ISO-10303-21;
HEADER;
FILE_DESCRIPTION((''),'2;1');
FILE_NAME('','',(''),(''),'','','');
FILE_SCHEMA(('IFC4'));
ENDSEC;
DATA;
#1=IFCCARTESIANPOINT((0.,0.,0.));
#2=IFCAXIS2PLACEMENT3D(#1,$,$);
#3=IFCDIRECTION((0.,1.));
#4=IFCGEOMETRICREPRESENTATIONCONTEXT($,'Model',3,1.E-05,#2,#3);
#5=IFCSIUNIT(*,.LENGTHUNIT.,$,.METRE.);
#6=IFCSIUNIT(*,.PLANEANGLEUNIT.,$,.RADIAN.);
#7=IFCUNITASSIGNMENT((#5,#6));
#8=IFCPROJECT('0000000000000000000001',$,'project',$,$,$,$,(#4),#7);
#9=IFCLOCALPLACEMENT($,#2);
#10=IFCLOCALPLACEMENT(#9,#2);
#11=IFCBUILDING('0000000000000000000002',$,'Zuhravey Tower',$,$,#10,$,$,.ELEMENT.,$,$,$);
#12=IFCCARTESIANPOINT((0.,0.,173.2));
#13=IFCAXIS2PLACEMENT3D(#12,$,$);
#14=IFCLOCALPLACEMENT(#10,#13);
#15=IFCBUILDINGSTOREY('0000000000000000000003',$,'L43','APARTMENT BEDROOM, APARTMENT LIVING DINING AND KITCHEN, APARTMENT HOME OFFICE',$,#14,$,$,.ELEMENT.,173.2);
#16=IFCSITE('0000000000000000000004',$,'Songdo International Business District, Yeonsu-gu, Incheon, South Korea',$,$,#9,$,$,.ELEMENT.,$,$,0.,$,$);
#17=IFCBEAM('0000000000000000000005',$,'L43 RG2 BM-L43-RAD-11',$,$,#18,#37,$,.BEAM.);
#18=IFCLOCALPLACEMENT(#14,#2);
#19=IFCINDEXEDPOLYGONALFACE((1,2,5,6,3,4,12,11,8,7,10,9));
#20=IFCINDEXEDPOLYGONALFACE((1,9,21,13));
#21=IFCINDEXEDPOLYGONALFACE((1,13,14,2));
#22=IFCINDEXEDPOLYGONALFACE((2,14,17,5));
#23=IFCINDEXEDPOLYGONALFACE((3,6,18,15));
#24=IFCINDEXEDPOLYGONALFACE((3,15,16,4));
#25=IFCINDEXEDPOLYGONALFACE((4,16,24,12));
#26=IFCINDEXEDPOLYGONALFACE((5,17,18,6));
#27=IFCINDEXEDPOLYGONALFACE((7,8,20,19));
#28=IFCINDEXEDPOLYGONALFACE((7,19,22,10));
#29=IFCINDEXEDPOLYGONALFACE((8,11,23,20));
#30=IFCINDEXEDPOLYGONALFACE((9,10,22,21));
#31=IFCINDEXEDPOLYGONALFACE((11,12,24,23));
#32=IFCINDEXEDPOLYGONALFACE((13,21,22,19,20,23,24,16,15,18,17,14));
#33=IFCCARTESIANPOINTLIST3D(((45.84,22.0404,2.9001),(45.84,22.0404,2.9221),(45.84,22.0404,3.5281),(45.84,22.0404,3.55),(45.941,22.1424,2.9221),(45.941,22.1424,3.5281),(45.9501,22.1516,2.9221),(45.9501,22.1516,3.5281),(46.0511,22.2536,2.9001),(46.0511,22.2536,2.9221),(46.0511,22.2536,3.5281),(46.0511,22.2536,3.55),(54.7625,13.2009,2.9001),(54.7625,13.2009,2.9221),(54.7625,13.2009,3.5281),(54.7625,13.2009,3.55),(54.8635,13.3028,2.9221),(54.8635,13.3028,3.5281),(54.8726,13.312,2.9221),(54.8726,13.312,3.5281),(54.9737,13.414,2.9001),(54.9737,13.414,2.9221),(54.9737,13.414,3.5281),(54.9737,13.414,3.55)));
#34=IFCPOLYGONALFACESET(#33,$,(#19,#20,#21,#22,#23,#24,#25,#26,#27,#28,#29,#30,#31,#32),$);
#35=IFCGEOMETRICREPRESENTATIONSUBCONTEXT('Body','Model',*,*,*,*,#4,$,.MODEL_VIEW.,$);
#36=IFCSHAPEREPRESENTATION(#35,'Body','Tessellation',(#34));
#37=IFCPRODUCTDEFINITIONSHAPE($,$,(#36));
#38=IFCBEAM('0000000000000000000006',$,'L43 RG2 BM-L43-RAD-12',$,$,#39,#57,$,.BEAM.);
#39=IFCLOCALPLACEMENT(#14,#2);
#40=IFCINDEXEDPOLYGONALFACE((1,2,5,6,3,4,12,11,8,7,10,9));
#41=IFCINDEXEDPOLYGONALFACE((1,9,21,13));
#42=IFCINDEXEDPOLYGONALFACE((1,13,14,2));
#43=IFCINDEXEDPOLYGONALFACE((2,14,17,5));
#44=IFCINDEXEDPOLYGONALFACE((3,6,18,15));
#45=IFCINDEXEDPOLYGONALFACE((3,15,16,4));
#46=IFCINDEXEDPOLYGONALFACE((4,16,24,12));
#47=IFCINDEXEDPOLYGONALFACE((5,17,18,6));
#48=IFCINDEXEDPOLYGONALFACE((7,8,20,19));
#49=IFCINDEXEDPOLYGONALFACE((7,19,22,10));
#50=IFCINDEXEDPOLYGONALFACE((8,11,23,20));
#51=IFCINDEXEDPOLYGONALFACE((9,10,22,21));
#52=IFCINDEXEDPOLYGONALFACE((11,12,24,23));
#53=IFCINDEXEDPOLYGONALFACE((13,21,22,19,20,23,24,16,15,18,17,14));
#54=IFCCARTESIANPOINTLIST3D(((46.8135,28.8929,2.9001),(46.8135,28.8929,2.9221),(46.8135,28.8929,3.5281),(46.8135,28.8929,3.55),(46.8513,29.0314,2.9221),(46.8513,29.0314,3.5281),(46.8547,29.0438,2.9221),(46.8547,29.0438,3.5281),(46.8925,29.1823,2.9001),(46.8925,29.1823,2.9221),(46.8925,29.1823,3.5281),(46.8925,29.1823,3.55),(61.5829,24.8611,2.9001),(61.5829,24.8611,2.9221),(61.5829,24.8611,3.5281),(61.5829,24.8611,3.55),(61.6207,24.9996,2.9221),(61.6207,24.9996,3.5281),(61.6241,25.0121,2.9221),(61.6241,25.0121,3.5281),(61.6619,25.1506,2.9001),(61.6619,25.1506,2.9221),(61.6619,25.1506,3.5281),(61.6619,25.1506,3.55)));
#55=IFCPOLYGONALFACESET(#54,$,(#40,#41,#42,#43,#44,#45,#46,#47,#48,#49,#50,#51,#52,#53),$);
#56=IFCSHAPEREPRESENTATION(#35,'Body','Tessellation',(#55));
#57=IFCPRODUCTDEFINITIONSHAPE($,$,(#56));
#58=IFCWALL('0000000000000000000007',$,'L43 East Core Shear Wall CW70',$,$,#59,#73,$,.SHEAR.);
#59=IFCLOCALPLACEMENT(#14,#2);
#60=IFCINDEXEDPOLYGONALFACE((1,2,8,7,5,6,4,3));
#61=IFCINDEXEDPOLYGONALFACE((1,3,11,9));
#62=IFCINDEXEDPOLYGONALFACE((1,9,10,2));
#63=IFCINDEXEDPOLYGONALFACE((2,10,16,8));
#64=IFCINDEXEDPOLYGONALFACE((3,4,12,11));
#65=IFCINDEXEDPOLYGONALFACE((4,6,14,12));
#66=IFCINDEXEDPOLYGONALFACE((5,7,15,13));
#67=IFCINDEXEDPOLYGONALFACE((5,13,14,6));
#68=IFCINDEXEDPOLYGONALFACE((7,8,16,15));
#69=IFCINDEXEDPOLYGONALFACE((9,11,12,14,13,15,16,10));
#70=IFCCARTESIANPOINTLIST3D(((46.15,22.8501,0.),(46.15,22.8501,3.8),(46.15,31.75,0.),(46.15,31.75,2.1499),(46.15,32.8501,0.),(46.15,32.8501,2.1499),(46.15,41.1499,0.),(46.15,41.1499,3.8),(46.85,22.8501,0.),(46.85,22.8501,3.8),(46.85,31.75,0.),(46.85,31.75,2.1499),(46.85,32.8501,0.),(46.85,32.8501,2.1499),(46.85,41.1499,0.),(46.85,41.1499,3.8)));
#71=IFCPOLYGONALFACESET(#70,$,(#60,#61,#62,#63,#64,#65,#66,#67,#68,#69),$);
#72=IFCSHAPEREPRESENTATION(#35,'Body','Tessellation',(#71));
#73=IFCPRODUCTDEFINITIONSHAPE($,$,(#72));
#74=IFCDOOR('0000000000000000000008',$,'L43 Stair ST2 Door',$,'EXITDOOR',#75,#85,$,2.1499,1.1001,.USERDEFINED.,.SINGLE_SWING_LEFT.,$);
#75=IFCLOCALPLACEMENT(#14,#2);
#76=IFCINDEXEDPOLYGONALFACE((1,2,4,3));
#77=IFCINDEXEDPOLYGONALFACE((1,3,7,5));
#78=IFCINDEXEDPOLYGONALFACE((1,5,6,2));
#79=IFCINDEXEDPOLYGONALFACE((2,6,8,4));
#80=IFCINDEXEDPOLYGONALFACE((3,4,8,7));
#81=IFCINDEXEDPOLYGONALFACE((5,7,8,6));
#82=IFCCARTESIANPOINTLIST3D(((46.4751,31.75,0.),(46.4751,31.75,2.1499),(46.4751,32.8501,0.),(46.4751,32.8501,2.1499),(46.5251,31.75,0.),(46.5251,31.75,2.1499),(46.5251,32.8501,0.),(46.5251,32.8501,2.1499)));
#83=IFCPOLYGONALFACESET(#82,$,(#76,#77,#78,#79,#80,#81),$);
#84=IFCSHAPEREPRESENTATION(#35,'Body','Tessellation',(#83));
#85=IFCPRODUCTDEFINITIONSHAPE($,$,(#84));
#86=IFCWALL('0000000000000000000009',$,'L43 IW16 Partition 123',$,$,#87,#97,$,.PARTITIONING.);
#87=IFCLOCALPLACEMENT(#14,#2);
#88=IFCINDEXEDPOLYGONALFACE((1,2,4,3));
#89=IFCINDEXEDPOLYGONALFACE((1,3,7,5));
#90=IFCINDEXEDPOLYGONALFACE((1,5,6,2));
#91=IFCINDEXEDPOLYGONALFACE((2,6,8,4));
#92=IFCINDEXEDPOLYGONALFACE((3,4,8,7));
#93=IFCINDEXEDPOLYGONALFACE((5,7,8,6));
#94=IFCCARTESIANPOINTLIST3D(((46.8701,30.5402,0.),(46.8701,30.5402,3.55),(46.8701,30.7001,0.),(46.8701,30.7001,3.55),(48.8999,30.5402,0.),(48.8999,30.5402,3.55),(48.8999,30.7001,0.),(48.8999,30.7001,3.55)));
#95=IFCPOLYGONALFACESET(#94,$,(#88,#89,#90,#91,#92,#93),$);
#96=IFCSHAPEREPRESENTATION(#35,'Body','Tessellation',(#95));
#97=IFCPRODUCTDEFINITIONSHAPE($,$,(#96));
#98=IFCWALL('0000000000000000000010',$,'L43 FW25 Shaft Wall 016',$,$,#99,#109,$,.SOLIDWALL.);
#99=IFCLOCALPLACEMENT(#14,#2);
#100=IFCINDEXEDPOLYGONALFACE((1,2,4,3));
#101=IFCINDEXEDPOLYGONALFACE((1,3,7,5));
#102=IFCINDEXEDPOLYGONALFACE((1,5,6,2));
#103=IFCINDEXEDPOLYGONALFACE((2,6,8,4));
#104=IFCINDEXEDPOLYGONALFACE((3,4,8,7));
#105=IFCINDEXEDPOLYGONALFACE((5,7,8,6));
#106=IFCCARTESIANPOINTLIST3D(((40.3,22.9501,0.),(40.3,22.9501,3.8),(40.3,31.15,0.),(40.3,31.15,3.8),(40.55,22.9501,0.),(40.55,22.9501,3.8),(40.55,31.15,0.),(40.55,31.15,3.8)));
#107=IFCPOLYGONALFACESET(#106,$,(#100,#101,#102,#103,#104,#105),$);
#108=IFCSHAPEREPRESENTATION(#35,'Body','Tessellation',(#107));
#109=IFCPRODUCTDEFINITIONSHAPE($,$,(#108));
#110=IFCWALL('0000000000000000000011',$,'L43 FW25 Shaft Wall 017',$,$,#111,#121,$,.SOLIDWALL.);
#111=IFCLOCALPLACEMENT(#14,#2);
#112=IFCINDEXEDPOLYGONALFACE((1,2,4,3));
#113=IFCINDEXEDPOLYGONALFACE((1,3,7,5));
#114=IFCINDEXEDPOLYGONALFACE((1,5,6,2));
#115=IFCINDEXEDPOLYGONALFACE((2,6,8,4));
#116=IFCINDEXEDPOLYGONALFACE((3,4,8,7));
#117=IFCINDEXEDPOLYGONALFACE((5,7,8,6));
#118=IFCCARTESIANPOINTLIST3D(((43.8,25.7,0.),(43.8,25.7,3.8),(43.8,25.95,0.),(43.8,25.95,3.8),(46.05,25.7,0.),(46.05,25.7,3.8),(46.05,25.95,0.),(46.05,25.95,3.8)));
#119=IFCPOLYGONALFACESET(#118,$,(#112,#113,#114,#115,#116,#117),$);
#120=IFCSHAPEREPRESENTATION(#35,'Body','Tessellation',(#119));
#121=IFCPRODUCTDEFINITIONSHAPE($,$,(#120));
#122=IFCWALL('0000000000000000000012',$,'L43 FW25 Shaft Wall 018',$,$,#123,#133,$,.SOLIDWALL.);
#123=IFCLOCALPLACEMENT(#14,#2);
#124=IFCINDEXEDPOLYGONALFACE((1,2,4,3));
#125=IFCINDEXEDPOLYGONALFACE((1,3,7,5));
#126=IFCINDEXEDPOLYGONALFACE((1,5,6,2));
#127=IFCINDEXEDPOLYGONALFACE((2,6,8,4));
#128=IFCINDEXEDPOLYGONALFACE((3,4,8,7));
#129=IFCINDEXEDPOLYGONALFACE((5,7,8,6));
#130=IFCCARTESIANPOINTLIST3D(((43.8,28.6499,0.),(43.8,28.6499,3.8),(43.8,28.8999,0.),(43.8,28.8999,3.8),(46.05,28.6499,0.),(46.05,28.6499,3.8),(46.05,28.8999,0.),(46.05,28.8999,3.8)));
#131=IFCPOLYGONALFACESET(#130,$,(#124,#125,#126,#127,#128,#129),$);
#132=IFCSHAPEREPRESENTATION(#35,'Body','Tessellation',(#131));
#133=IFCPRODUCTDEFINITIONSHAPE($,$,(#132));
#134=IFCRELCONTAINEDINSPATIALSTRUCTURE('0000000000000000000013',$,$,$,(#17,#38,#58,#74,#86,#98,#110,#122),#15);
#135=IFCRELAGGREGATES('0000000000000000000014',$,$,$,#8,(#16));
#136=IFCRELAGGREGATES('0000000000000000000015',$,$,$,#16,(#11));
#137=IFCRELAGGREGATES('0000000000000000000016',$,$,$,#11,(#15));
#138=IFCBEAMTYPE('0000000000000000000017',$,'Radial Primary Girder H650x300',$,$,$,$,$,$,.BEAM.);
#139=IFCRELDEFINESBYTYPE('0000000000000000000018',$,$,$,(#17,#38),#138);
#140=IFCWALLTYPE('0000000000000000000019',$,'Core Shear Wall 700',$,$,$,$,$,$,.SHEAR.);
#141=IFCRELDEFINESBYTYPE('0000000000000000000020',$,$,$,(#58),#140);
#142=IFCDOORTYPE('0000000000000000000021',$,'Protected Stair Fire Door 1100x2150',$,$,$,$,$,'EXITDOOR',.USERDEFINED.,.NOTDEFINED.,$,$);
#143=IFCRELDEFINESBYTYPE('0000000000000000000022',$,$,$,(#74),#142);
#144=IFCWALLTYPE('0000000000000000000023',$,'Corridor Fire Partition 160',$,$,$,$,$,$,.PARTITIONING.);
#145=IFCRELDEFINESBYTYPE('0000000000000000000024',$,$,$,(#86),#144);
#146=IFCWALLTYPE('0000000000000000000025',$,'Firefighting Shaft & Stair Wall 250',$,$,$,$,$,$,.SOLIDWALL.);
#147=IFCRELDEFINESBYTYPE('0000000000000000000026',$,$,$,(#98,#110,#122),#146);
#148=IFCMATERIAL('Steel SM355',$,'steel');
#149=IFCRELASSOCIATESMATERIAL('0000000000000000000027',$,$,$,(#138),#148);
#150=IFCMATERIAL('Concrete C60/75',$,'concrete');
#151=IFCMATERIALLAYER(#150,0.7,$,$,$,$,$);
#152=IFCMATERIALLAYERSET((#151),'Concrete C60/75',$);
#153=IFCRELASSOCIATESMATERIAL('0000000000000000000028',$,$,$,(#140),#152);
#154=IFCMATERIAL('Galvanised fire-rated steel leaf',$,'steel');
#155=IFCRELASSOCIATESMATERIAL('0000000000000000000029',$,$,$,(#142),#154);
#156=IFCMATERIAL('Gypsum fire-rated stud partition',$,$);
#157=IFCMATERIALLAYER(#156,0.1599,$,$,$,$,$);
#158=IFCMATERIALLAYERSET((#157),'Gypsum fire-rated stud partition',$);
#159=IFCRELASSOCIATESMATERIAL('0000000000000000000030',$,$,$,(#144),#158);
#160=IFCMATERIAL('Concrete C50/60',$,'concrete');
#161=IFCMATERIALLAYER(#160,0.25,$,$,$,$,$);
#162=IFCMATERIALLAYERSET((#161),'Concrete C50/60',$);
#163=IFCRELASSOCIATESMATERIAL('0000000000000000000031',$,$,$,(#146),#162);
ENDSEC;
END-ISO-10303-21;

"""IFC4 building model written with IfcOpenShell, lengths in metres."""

from ifc_helpers import new_model, si_unit, direction, frame, frame_2d, origin, origin_2d, place, context, subcontext, project, spatial, rectangle, i_section, extrude, material, layer, layer_set, material_profile, profile_set, type_object, element, fill, save


model = new_model("IFC4")

# Units and contexts
model_context = context("Model", 3, precision=1e-05, world=origin(), true_north=direction((0.0, 1.0)))
body_context = subcontext(model_context, "Body", "Model", "MODEL_VIEW")
ifc_project = project(units=[si_unit("LENGTHUNIT", "METRE"), si_unit("PLANEANGLEUNIT", "RADIAN")], contexts=[model_context])

# Site, building, storey
site_placement = place(None, origin())
site = spatial("IfcSite", under=ifc_project, at=site_placement, Name="Songdo International Business District, Yeonsu-gu, Incheon, South Korea", CompositionType="ELEMENT", RefElevation=0.0)
building_placement = place(site_placement, origin())
building = spatial("IfcBuilding", under=site, at=building_placement, Name="Zuhravey Tower", CompositionType="ELEMENT")
storey_placement = place(building_placement, frame((0.0, 0.0, 173.2)))
storey = spatial("IfcBuildingStorey", under=building, at=storey_placement, Name="L43", Description="APARTMENT BEDROOM, APARTMENT LIVING DINING AND KITCHEN, APARTMENT HOME OFFICE", CompositionType="ELEMENT", Elevation=173.2)

# Beams
ifc_material_1 = material(Name="Steel SM355", Category="steel")
ifc_material_profile = material_profile(ifc_material_1, i_section(OverallWidth=0.3, OverallDepth=0.6499, WebThickness=0.0129, FlangeThickness=0.022, at=origin_2d()), Name="H-650x300x13x22")
ifc_profile_set = profile_set([ifc_material_profile], Name="Steel SM355")
beam_type = type_object("IfcBeamType", Name="Radial Primary Girder H650x300", PredefinedType="BEAM", material=ifc_profile_set)
beam_1_placement = place(storey_placement, frame((45.9456, 22.147, 3.2251), z_axis=(0.710404, -0.703795, 0.0), x_axis=(0.703795, 0.710404, 0.0)))
element("IfcBeam", 1, at=beam_1_placement, inside=storey, type_object=beam_type, Name="L43 RG2 BM-L43-RAD-11", PredefinedType="BEAM", context=body_context, shape_type="SweptSolid", body=[
    extrude(i_section(OverallWidth=0.3, OverallDepth=0.6499, WebThickness=0.0129, FlangeThickness=0.022, at=origin_2d()), origin(), (0.0, 0.0, 1.0), 12.5598),
])
beam_2_placement = place(storey_placement, frame((46.853, 29.0376, 3.2251), z_axis=(0.964702, -0.263345, 0.0), x_axis=(0.263345, 0.964702, 0.0)))
element("IfcBeam", 2, at=beam_2_placement, inside=storey, type_object=beam_type, Name="L43 RG2 BM-L43-RAD-12", PredefinedType="BEAM", context=body_context, shape_type="SweptSolid", body=[
    extrude(i_section(OverallWidth=0.3, OverallDepth=0.6499, WebThickness=0.0129, FlangeThickness=0.022, at=origin_2d()), origin(), (0.0, 0.0, 1.0), 15.3098),
])

# Wall, opening, door
ifc_material_2 = material(Name="Concrete C60/75", Category="concrete")
ifc_layer_1 = layer(ifc_material_2, 0.7)
ifc_layer_set_1 = layer_set([ifc_layer_1], Name="Concrete C60/75")
wall_type_1 = type_object("IfcWallType", Name="Core Shear Wall 700", PredefinedType="SHEAR", material=ifc_layer_set_1)
wall_1_placement = place(storey_placement, frame((46.5, 22.8501, 0.0), z_axis=(0.0, 0.0, 1.0), x_axis=(0.0, 1.0, 0.0)))
wall_1 = element("IfcWall", 3, at=wall_1_placement, inside=storey, type_object=wall_type_1, Name="L43 East Core Shear Wall CW70", PredefinedType="SHEAR", context=body_context, shape_type="SweptSolid", body=[
    extrude(rectangle(XDim=18.2998, YDim=0.7, at=frame_2d((9.1499, 0.0))), origin(), (0.0, 0.0, 1.0), 3.8),
])
opening_1_placement = place(wall_1_placement, frame((8.8999, 0.0, 0.0)))
opening_1 = element("IfcOpeningElement", 4, at=opening_1_placement, cuts=wall_1, PredefinedType="OPENING", context=body_context, shape_type="SweptSolid", body=[
    extrude(rectangle(XDim=1.1001, YDim=2.1499, at=frame_2d((0.55, 1.075))), frame((0.0, 0.3621, 0.0), z_axis=(0.0, -1.0, 0.0), x_axis=(1.0, 0.0, 0.0)), (0.0, 0.0, 1.0), 0.7239),
])
ifc_material_3 = material(Name="Galvanised fire-rated steel leaf", Category="steel")
door_type_1 = type_object("IfcDoorType", Name="Protected Stair Fire Door 1100x2150", ElementType="EXITDOOR", OperationType="NOTDEFINED", PredefinedType="USERDEFINED", material=ifc_material_3)
door_1_placement = place(opening_1_placement, origin())
door_1 = element("IfcDoor", 5, at=door_1_placement, inside=storey, type_object=door_type_1, Name="L43 Stair ST2 Door", ObjectType="EXITDOOR", OperationType="SINGLE_SWING_LEFT", OverallHeight=2.1499, OverallWidth=1.1001, PredefinedType="USERDEFINED", context=body_context, shape_type="SweptSolid", body=[
    extrude(rectangle(XDim=1.1001, YDim=2.1499, at=frame_2d((0.55, 1.075))), frame((0.0, 0.0249, 0.0), z_axis=(0.0, -1.0, 0.0), x_axis=(1.0, 0.0, 0.0)), (0.0, 0.0, 1.0), 0.05),
])
fill(opening_1, door_1)

# Walls
ifc_material_4 = material(Name="Gypsum fire-rated stud partition")
ifc_layer_2 = layer(ifc_material_4, 0.1599)
ifc_layer_set_2 = layer_set([ifc_layer_2], Name="Gypsum fire-rated stud partition")
wall_type_2 = type_object("IfcWallType", Name="Corridor Fire Partition 160", PredefinedType="PARTITIONING", material=ifc_layer_set_2)
wall_2_placement = place(storey_placement, frame((46.8701, 30.6201, 0.0), z_axis=(0.0, 0.0, 1.0), x_axis=(1.0, 0.0, 0.0)))
element("IfcWall", 6, at=wall_2_placement, inside=storey, type_object=wall_type_2, Name="L43 IW16 Partition 123", PredefinedType="PARTITIONING", context=body_context, shape_type="SweptSolid", body=[
    extrude(rectangle(XDim=2.0298, YDim=0.1599, at=frame_2d((1.0149, 0.0))), origin(), (0.0, 0.0, 1.0), 3.55),
])
ifc_material_5 = material(Name="Concrete C50/60", Category="concrete")
ifc_layer_3 = layer(ifc_material_5, 0.25)
ifc_layer_set_3 = layer_set([ifc_layer_3], Name="Concrete C50/60")
wall_type_3 = type_object("IfcWallType", Name="Firefighting Shaft & Stair Wall 250", PredefinedType="SOLIDWALL", material=ifc_layer_set_3)
wall_3_placement = place(storey_placement, frame((40.425, 22.95, 0.0), z_axis=(0.0, 0.0, 1.0), x_axis=(0.0, 1.0, 0.0)))
element("IfcWall", 7, at=wall_3_placement, inside=storey, type_object=wall_type_3, Name="L43 FW25 Shaft Wall 016", PredefinedType="SOLIDWALL", context=body_context, shape_type="SweptSolid", body=[
    extrude(rectangle(XDim=8.2, YDim=0.25, at=frame_2d((4.1001, 0.0))), origin(), (0.0, 0.0, 1.0), 3.8),
])
for number, where, z_axis, x_axis, name in (
    (8, (43.8, 25.825, 0.0), (0.0, 0.0, 1.0), (1.0, 0.0, 0.0), "L43 FW25 Shaft Wall 017"),
    (9, (43.8, 28.7749, 0.0), (0.0, 0.0, 1.0), (1.0, 0.0, 0.0), "L43 FW25 Shaft Wall 018"),
):
    element("IfcWall", number, at=place(storey_placement, frame(where, z_axis=z_axis, x_axis=x_axis)), inside=storey, type_object=wall_type_3, Name=name, PredefinedType="SOLIDWALL", context=body_context, shape_type="SweptSolid", body=[
        extrude(rectangle(XDim=2.25, YDim=0.25, at=frame_2d((1.125, 0.0))), origin(), (0.0, 0.0, 1.0), 3.8),
    ])

save(model, "model.ifc")
